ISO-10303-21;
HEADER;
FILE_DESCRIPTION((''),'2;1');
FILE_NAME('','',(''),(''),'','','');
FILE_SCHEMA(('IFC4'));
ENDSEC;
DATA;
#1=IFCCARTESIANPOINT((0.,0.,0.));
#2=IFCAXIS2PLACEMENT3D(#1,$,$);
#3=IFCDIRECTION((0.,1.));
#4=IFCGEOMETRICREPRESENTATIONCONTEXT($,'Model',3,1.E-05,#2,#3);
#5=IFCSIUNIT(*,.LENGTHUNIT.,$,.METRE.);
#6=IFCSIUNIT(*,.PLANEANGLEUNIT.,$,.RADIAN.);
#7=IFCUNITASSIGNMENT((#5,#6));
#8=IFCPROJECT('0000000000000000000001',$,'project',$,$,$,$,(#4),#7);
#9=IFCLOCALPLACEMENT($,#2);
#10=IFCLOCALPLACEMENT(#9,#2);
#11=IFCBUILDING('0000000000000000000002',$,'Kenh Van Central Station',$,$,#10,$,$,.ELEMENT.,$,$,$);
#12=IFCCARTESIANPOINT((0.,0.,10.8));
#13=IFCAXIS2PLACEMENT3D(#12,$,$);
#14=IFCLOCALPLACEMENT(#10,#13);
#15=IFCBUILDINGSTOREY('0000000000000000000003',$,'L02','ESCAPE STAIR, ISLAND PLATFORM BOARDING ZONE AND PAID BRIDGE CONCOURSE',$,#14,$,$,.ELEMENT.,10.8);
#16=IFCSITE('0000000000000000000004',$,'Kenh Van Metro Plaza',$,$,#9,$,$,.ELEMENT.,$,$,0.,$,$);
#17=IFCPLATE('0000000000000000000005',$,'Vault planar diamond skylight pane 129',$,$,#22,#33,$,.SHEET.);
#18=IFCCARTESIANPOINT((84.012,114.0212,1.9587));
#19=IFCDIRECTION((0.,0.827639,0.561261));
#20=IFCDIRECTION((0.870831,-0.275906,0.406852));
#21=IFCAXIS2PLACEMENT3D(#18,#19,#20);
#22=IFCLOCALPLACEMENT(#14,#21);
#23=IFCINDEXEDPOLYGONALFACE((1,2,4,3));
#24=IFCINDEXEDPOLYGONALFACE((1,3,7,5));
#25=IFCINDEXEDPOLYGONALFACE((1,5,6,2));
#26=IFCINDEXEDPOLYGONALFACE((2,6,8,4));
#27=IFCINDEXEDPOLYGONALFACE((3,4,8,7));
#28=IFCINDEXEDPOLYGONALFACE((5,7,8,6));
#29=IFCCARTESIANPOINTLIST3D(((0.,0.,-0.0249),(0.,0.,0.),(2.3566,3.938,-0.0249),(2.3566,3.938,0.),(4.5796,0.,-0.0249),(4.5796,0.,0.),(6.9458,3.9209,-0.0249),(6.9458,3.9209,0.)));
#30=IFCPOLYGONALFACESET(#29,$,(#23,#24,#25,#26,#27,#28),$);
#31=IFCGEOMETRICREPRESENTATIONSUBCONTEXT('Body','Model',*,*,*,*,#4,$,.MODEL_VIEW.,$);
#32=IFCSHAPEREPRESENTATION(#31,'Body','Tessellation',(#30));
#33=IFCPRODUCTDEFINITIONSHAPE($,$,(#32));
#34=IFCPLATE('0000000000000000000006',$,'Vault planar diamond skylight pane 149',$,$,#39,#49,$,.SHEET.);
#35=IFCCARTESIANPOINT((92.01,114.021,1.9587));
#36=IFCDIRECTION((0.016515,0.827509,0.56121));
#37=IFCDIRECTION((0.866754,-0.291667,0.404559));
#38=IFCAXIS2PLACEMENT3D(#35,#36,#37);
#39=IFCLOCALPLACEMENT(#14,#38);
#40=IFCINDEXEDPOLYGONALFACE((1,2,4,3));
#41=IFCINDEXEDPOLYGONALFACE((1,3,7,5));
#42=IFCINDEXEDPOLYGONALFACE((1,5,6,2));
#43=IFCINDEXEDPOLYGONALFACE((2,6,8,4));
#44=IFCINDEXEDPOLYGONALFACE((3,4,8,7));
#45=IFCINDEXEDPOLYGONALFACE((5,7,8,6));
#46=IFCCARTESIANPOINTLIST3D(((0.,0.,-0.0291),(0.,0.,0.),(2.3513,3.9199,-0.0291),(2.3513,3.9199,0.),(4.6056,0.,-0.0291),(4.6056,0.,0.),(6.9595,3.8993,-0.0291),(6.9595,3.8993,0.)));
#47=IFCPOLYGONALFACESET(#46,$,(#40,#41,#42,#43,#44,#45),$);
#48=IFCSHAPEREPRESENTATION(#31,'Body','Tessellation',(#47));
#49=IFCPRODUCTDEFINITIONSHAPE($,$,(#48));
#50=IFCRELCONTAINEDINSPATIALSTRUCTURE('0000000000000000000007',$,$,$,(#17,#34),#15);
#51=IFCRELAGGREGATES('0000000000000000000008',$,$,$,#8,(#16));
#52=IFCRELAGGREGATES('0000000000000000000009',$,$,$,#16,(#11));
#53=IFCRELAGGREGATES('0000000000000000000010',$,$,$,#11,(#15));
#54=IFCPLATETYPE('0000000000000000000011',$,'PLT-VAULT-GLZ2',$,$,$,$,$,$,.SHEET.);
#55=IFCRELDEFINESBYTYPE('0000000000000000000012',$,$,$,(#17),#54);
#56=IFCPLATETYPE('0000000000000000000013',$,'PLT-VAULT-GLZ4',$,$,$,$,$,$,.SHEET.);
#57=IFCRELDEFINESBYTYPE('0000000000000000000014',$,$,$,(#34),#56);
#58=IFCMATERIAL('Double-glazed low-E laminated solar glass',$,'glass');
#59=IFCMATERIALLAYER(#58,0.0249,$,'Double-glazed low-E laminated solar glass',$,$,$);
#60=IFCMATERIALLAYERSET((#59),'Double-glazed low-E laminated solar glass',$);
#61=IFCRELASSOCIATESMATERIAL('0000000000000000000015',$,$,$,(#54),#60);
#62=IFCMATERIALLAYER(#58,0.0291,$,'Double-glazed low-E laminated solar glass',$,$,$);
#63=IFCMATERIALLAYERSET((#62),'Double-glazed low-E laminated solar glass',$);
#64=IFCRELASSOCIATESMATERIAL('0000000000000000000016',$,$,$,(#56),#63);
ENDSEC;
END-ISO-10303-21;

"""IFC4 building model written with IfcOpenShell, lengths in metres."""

from ifc_helpers import new_model, si_unit, direction, frame, origin, place, context, subcontext, project, spatial, polyline, outline, extrude, material, layer, layer_set, type_object, element, save


model = new_model("IFC4")

# Units and contexts
model_context = context("Model", 3, precision=1e-05, world=origin(), true_north=direction((0.0, 1.0)))
body_context = subcontext(model_context, "Body", "Model", "MODEL_VIEW")
ifc_project = project(units=[si_unit("LENGTHUNIT", "METRE"), si_unit("PLANEANGLEUNIT", "RADIAN")], contexts=[model_context])

# Site, building, storey
site_placement = place(None, origin())
site = spatial("IfcSite", under=ifc_project, at=site_placement, Name="Kenh Van Metro Plaza", CompositionType="ELEMENT", RefElevation=0.0)
building_placement = place(site_placement, origin())
building = spatial("IfcBuilding", under=site, at=building_placement, Name="Kenh Van Central Station", CompositionType="ELEMENT")
storey_placement = place(building_placement, frame((0.0, 0.0, 10.8)))
storey = spatial("IfcBuildingStorey", under=building, at=storey_placement, Name="L02", Description="ESCAPE STAIR, ISLAND PLATFORM BOARDING ZONE AND PAID BRIDGE CONCOURSE", CompositionType="ELEMENT", Elevation=10.8)

# Plates
ifc_material_1 = material(Name="Double-glazed low-E laminated solar glass", Category="glass")
ifc_layer_1 = layer(ifc_material_1, 0.0249, Name="Double-glazed low-E laminated solar glass")
ifc_layer_set_1 = layer_set([ifc_layer_1], Name="Double-glazed low-E laminated solar glass")
plate_type_1 = type_object("IfcPlateType", Name="PLT-VAULT-GLZ2", PredefinedType="SHEET", material=ifc_layer_set_1)
plate_1_placement = place(storey_placement, frame((84.012, 114.0212, 1.9587), z_axis=(0.0, 0.827639, 0.561261), x_axis=(0.870831, -0.275906, 0.406852)))
element("IfcPlate", 1, at=plate_1_placement, inside=storey, type_object=plate_type_1, Name="Vault planar diamond skylight pane 129", PredefinedType="SHEET", context=body_context, shape_type="SweptSolid", body=[
    extrude(outline(polyline([(0.0, 0.0), (4.5796, 0.0), (6.9458, 3.9209), (2.3566, 3.938), (0.0, 0.0)])), origin(), (0.0, 0.0, -1.0), 0.0249),
])
ifc_layer_2 = layer(ifc_material_1, 0.0291, Name="Double-glazed low-E laminated solar glass")
ifc_layer_set_2 = layer_set([ifc_layer_2], Name="Double-glazed low-E laminated solar glass")
plate_type_2 = type_object("IfcPlateType", Name="PLT-VAULT-GLZ4", PredefinedType="SHEET", material=ifc_layer_set_2)
plate_2_placement = place(storey_placement, frame((92.01, 114.021, 1.9587), z_axis=(0.016515, 0.827509, 0.56121), x_axis=(0.866754, -0.291667, 0.404559)))
element("IfcPlate", 2, at=plate_2_placement, inside=storey, type_object=plate_type_2, Name="Vault planar diamond skylight pane 149", PredefinedType="SHEET", context=body_context, shape_type="SweptSolid", body=[
    extrude(outline(polyline([(0.0, 0.0), (4.6056, 0.0), (6.9595, 3.8993), (2.3513, 3.9199), (0.0, 0.0)])), origin(), (0.0, 0.0, -1.0), 0.0291),
])

save(model, "model.ifc")
